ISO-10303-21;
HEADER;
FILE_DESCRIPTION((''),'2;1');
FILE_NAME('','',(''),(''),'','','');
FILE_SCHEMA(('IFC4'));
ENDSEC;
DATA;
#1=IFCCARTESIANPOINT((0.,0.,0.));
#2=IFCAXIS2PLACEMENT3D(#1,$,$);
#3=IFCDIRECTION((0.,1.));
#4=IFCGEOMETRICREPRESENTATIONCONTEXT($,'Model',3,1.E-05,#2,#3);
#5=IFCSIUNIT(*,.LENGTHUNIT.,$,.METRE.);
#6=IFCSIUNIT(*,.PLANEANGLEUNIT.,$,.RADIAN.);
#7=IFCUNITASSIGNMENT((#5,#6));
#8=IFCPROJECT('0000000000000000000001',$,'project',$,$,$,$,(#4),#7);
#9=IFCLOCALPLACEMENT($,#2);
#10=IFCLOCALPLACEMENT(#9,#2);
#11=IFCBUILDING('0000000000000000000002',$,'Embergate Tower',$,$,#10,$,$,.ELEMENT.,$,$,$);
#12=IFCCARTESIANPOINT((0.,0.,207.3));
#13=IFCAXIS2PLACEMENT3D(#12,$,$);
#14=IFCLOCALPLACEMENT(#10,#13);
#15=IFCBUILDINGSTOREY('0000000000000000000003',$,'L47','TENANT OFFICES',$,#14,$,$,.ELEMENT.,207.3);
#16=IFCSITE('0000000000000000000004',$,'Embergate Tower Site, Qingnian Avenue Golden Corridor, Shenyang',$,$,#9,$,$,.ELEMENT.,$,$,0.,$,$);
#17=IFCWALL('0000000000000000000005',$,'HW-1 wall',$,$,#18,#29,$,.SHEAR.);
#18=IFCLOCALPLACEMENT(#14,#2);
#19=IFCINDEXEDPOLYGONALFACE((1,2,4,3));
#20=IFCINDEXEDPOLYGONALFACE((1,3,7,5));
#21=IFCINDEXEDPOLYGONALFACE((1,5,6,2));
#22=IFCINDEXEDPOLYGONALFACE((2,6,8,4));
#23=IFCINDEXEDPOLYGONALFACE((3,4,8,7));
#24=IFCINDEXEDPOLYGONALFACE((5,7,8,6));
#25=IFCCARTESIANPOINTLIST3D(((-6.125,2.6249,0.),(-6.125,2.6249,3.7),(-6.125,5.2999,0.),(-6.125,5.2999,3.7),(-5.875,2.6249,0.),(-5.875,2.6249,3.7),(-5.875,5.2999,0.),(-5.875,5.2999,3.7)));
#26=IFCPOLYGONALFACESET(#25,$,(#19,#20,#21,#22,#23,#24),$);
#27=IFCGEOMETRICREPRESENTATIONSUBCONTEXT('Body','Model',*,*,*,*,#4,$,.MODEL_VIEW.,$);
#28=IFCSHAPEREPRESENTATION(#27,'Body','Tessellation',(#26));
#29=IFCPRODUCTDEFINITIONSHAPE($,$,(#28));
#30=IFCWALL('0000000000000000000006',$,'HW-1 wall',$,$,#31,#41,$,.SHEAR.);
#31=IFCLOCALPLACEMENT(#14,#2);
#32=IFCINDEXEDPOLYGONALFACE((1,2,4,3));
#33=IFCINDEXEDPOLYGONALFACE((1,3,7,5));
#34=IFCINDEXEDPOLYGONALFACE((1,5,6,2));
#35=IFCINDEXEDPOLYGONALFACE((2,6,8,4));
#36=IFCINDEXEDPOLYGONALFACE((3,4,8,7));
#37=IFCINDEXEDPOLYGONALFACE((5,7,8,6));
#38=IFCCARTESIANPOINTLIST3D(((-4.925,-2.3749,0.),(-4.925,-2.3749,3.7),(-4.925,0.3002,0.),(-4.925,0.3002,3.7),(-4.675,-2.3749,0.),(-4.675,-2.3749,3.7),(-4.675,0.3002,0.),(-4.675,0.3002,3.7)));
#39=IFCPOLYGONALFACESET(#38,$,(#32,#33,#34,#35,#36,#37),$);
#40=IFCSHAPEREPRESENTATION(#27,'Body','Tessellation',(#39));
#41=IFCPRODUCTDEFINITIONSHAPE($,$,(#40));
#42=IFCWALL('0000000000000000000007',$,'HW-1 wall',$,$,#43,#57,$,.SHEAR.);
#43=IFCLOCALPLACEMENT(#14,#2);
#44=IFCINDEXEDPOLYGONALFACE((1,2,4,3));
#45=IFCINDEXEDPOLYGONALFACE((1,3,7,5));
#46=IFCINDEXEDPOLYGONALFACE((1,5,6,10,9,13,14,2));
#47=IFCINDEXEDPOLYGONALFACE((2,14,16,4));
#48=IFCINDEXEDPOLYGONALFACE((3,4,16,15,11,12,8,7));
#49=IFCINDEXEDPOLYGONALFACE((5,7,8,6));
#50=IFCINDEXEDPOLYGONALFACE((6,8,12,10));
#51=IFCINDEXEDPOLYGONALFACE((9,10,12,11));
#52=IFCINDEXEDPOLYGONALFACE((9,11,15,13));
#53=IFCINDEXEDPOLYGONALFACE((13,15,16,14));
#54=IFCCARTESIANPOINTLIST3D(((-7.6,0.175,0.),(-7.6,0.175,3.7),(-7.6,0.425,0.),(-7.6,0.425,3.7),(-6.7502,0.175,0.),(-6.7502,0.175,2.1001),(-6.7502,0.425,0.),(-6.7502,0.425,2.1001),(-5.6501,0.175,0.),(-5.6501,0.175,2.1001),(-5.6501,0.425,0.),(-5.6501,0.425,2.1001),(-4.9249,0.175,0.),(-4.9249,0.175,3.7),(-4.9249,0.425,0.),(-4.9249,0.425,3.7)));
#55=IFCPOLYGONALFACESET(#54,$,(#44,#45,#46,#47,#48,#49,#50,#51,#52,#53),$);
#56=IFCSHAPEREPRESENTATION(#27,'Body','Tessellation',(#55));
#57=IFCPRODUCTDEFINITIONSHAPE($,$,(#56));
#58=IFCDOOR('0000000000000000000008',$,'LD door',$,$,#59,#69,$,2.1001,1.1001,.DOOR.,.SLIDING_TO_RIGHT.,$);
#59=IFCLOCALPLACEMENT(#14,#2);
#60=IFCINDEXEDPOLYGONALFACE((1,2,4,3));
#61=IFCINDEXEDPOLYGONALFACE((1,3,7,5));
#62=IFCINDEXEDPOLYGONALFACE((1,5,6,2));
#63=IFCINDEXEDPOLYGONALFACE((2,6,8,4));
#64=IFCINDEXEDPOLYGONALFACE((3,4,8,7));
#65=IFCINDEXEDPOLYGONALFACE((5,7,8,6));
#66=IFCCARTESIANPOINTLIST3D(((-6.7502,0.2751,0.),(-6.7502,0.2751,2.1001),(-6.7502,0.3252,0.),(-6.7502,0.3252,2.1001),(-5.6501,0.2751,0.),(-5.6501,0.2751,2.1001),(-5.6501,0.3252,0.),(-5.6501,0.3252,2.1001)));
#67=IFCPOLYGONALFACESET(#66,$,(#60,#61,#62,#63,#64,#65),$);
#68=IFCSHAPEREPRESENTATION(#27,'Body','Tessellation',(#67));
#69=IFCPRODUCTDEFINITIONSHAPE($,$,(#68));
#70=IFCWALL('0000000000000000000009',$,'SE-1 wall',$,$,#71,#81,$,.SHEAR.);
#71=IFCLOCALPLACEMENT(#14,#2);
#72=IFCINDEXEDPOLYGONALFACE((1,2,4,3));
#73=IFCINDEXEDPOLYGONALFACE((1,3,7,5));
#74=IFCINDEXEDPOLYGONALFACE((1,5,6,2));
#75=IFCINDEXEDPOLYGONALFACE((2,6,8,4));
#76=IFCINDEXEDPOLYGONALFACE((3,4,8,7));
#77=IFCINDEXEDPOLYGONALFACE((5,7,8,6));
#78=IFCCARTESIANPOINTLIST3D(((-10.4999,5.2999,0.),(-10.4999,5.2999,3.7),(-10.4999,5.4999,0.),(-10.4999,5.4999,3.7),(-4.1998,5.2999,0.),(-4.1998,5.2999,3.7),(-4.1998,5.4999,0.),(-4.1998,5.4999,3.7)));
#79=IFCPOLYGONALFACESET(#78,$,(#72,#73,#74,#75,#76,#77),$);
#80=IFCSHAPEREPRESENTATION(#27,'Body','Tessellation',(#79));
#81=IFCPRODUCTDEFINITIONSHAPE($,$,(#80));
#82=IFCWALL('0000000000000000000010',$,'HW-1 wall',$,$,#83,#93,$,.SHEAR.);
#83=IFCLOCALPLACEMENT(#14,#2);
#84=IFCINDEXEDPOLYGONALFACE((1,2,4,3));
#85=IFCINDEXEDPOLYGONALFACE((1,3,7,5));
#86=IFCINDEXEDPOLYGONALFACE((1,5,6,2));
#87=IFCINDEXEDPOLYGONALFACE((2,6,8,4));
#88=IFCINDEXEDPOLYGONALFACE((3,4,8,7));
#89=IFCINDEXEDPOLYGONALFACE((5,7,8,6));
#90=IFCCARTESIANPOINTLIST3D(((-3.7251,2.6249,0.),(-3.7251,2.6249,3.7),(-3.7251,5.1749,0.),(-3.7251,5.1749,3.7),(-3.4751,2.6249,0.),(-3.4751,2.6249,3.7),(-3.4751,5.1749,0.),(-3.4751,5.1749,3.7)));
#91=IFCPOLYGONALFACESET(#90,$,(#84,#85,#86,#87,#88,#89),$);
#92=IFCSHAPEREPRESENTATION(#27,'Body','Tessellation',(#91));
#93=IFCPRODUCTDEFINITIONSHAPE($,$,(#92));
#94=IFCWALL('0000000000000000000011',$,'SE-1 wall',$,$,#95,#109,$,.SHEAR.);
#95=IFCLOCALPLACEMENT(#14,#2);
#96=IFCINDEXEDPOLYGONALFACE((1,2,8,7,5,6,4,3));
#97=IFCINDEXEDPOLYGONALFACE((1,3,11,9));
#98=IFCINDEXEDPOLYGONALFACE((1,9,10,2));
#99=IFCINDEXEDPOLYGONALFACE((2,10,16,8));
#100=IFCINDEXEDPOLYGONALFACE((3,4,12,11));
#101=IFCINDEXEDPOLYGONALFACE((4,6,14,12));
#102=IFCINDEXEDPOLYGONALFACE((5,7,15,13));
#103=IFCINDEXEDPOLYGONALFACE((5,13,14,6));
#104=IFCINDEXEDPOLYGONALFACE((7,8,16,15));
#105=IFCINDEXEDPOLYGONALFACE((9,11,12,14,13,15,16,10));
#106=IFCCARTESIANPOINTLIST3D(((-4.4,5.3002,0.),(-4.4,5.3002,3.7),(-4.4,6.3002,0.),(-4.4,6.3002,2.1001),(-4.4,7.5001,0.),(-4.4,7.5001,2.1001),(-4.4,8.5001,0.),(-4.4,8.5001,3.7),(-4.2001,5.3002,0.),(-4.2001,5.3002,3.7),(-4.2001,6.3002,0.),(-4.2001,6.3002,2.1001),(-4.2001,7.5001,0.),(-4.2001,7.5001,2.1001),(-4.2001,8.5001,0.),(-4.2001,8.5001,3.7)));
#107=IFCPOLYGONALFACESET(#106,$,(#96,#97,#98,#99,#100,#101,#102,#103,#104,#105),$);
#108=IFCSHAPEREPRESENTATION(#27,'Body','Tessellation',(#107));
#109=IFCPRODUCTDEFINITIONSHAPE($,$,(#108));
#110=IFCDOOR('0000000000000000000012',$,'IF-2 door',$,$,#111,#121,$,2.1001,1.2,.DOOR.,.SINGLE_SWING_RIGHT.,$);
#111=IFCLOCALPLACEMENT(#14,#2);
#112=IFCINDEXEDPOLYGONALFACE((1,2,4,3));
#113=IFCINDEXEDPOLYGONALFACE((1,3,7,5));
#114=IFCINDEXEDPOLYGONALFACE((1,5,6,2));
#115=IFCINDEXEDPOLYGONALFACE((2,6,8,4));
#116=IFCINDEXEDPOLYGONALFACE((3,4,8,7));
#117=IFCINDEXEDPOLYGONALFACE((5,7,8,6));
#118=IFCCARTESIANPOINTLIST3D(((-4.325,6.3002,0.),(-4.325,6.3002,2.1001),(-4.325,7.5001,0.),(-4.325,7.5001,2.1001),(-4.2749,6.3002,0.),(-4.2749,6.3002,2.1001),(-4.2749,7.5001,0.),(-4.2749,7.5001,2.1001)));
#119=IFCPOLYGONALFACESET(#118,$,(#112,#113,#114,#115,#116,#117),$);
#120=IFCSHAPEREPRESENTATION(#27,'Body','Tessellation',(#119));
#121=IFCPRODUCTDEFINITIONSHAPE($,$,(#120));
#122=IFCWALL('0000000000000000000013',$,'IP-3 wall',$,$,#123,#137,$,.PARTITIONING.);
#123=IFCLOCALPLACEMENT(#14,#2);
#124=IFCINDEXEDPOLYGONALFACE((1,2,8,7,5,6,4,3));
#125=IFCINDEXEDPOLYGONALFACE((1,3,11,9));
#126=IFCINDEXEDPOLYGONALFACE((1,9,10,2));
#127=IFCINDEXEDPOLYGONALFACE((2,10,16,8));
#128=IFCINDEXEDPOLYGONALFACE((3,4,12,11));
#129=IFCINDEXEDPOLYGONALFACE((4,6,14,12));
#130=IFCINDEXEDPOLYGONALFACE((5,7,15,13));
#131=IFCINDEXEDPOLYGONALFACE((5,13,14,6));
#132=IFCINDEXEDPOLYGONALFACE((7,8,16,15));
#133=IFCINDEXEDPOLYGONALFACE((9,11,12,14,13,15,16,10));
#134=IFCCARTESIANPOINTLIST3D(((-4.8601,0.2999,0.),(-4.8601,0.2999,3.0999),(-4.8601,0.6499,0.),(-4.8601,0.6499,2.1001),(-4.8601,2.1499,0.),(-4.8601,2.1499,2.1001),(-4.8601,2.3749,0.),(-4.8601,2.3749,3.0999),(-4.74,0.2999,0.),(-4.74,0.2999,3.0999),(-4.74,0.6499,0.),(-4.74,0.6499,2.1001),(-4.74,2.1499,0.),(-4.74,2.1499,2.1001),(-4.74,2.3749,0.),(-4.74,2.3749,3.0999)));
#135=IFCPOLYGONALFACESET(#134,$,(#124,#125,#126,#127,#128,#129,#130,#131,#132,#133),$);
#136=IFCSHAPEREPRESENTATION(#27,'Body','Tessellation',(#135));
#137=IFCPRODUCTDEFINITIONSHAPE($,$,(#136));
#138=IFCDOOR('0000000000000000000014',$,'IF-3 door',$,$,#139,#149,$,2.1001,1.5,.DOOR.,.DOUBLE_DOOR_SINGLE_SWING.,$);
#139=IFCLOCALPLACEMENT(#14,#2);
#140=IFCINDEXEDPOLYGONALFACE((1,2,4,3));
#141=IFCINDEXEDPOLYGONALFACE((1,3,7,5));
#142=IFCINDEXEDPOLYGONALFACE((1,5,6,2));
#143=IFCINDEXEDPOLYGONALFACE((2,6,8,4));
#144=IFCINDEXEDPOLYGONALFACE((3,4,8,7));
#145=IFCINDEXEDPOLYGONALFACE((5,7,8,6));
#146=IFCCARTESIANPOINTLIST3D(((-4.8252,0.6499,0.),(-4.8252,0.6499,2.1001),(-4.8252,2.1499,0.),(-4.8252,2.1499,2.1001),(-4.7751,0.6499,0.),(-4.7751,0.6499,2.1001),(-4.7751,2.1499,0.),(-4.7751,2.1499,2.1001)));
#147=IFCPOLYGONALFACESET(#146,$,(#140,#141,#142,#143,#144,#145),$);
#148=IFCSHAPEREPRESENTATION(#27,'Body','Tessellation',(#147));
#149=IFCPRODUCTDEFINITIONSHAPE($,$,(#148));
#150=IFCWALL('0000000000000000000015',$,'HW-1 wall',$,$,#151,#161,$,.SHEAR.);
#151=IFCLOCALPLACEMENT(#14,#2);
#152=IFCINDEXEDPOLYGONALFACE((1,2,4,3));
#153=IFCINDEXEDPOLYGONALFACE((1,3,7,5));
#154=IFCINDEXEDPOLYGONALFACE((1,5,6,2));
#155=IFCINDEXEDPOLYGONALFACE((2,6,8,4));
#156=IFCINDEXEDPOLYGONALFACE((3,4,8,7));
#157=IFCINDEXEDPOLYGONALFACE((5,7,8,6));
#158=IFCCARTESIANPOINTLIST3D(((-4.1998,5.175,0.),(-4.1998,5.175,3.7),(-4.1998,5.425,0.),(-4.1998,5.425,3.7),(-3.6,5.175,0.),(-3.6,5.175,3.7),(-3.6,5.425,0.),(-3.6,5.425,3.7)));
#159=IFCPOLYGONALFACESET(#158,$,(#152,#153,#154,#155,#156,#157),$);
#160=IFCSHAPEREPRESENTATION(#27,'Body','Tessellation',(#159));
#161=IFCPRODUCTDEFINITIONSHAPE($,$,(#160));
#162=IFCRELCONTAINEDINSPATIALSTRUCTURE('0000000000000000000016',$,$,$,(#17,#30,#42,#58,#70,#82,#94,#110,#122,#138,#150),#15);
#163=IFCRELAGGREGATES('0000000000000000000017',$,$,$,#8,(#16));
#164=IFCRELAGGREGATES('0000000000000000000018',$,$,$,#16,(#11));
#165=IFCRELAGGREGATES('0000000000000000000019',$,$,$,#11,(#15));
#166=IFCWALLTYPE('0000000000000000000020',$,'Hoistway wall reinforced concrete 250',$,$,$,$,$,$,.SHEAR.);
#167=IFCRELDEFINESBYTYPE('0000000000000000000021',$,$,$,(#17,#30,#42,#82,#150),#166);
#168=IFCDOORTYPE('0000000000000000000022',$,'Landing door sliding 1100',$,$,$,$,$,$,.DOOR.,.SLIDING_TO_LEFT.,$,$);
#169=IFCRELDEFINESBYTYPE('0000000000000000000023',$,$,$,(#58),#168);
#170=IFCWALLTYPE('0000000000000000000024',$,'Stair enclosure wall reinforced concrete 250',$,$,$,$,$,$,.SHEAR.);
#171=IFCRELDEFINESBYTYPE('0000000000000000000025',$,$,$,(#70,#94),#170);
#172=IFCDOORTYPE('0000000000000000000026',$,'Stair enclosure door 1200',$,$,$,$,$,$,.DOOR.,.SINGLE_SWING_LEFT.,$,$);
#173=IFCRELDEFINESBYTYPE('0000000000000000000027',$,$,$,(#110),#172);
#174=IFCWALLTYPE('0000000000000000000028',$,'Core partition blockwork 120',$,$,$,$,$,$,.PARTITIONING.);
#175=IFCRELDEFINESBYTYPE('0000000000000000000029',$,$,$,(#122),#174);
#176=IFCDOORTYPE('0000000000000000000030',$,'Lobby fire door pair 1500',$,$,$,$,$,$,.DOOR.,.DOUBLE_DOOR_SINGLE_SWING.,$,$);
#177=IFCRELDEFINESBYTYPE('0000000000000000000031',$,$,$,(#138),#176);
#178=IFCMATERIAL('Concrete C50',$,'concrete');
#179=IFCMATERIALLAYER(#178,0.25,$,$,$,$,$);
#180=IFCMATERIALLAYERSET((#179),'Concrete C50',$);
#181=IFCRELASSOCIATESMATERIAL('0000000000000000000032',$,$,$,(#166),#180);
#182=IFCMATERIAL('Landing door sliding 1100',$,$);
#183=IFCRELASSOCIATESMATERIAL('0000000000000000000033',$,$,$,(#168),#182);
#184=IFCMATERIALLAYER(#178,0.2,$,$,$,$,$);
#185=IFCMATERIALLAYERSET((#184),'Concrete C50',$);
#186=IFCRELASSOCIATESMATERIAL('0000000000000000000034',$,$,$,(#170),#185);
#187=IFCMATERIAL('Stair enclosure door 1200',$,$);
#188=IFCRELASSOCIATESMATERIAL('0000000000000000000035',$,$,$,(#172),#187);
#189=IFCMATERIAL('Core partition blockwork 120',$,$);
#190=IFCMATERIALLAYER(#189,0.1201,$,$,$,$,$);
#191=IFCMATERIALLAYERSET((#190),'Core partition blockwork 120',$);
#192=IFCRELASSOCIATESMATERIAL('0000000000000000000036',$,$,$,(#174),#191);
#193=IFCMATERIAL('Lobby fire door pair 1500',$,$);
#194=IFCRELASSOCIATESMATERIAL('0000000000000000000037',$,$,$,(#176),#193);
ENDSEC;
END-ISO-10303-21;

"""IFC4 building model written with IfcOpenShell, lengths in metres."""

from ifc_helpers import new_model, si_unit, direction, frame, frame_2d, origin, place, context, subcontext, project, spatial, rectangle, extrude, source, transform, mapped, material, layer, layer_set, type_object, element, fill, save


model = new_model("IFC4")

# Units and contexts
model_context = context("Model", 3, precision=1e-05, world=origin(), true_north=direction((0.0, 1.0)))
body_context = subcontext(model_context, "Body", "Model", "MODEL_VIEW")
ifc_project = project(units=[si_unit("LENGTHUNIT", "METRE"), si_unit("PLANEANGLEUNIT", "RADIAN")], contexts=[model_context])

# Site, building, storey
site_placement = place(None, origin())
site = spatial("IfcSite", under=ifc_project, at=site_placement, Name="Embergate Tower Site, Qingnian Avenue Golden Corridor, Shenyang", CompositionType="ELEMENT", RefElevation=0.0)
building_placement = place(site_placement, origin())
building = spatial("IfcBuilding", under=site, at=building_placement, Name="Embergate Tower", CompositionType="ELEMENT")
storey_placement = place(building_placement, frame((0.0, 0.0, 207.3)))
storey = spatial("IfcBuildingStorey", under=building, at=storey_placement, Name="L47", Description="TENANT OFFICES", CompositionType="ELEMENT", Elevation=207.3)

# Walls
ifc_material_1 = material(Name="Concrete C50", Category="concrete")
ifc_layer_1 = layer(ifc_material_1, 0.25)
ifc_layer_set_1 = layer_set([ifc_layer_1], Name="Concrete C50")
wall_type_1 = type_object("IfcWallType", Name="Hoistway wall reinforced concrete 250", PredefinedType="SHEAR", material=ifc_layer_set_1)
shared_shape_1 = source(origin(), body_context, "Body", "SweptSolid", [
    extrude(rectangle(XDim=2.675, YDim=0.25, at=frame_2d((1.3374, 0.0))), origin(), (0.0, 0.0, 1.0), 3.7),
])
for number, where, z_axis, x_axis, name in (
    (1, (-6.0, 2.625, 0.0), (0.0, 0.0, 1.0), (0.0, 1.0, 0.0), "HW-1 wall"),
    (2, (-4.8, 0.3, 0.0), (0.0, 0.0, 1.0), (0.0, -1.0, 0.0), "HW-1 wall"),
):
    element("IfcWall", number, at=place(storey_placement, frame(where, z_axis=z_axis, x_axis=x_axis)), inside=storey, type_object=wall_type_1, Name=name, PredefinedType="SHEAR", context=body_context, shape_type="MappedRepresentation", body=[
        mapped(shared_shape_1, transform((0.0, 0.0, 0.0))),
    ])

# Wall, opening, door
wall_1_placement = place(storey_placement, frame((-4.925, 0.3, 0.0), z_axis=(0.0, 0.0, 1.0), x_axis=(-1.0, 0.0, 0.0)))
wall_1 = element("IfcWall", 3, at=wall_1_placement, inside=storey, type_object=wall_type_1, Name="HW-1 wall", PredefinedType="SHEAR", context=body_context, shape_type="MappedRepresentation", body=[
    mapped(shared_shape_1, transform((0.0, 0.0, 0.0))),
])
shared_shape_2 = source(origin(), body_context, "Body", "SweptSolid", [
    extrude(rectangle(XDim=1.1001, YDim=2.1001, at=frame_2d((0.55, 1.05))), frame((0.0, 0.135, 0.0), z_axis=(0.0, -1.0, 0.0), x_axis=(1.0, 0.0, 0.0)), (0.0, 0.0, 1.0), 0.27),
])
opening_1_placement = place(wall_1_placement, frame((0.7251, 0.0, 0.0)))
opening_1 = element("IfcOpeningElement", 4, at=opening_1_placement, cuts=wall_1, PredefinedType="OPENING", context=body_context, shape_type="MappedRepresentation", body=[
    mapped(shared_shape_2, transform((0.0, 0.0, 0.0))),
])
ifc_material_2 = material(Name="Landing door sliding 1100")
door_type_1 = type_object("IfcDoorType", Name="Landing door sliding 1100", OperationType="SLIDING_TO_LEFT", PredefinedType="DOOR", material=ifc_material_2)
shared_shape_3 = source(origin(), body_context, "Body", "SweptSolid", [
    extrude(rectangle(XDim=1.1001, YDim=2.1001, at=frame_2d((0.55, 1.05))), frame((0.0, 0.0249, 0.0), z_axis=(0.0, -1.0, 0.0), x_axis=(1.0, 0.0, 0.0)), (0.0, 0.0, 1.0), 0.05),
])
door_1_placement = place(opening_1_placement, origin())
door_1 = element("IfcDoor", 5, at=door_1_placement, inside=storey, type_object=door_type_1, Name="LD door", OperationType="SLIDING_TO_RIGHT", OverallHeight=2.1001, OverallWidth=1.1001, PredefinedType="DOOR", context=body_context, shape_type="MappedRepresentation", body=[
    mapped(shared_shape_3, transform((0.0, 0.0, 0.0))),
])
fill(opening_1, door_1)

# Walls
ifc_layer_2 = layer(ifc_material_1, 0.2)
ifc_layer_set_2 = layer_set([ifc_layer_2], Name="Concrete C50")
wall_type_2 = type_object("IfcWallType", Name="Stair enclosure wall reinforced concrete 250", PredefinedType="SHEAR", material=ifc_layer_set_2)
shared_shape_4 = source(origin(), body_context, "Body", "SweptSolid", [
    extrude(rectangle(XDim=6.3, YDim=0.2, at=frame_2d((3.1499, 0.0))), origin(), (0.0, 0.0, 1.0), 3.7),
])
wall_2_placement = place(storey_placement, frame((-4.2, 5.3999, 0.0), z_axis=(0.0, 0.0, 1.0), x_axis=(-1.0, 0.0, 0.0)))
element("IfcWall", 6, at=wall_2_placement, inside=storey, type_object=wall_type_2, Name="SE-1 wall", PredefinedType="SHEAR", context=body_context, shape_type="MappedRepresentation", body=[
    mapped(shared_shape_4, transform((0.0, 0.0, 0.0))),
])
shared_shape_5 = source(origin(), body_context, "Body", "SweptSolid", [
    extrude(rectangle(XDim=2.55, YDim=0.25, at=frame_2d((1.2749, 0.0))), origin(), (0.0, 0.0, 1.0), 3.7),
])
wall_3_placement = place(storey_placement, frame((-3.6001, 2.625, 0.0), z_axis=(0.0, 0.0, 1.0), x_axis=(0.0, 1.0, 0.0)))
element("IfcWall", 7, at=wall_3_placement, inside=storey, type_object=wall_type_1, Name="HW-1 wall", PredefinedType="SHEAR", context=body_context, shape_type="MappedRepresentation", body=[
    mapped(shared_shape_5, transform((0.0, 0.0, 0.0))),
])

# Walls, openings, doors
shared_shape_6 = source(origin(), body_context, "Body", "SweptSolid", [
    extrude(rectangle(XDim=3.2, YDim=0.2, at=frame_2d((1.6001, 0.0))), origin(), (0.0, 0.0, 1.0), 3.7),
])
wall_4_placement = place(storey_placement, frame((-4.3, 5.3, 0.0), z_axis=(0.0, 0.0, 1.0), x_axis=(0.0, 1.0, 0.0)))
wall_4 = element("IfcWall", 8, at=wall_4_placement, inside=storey, type_object=wall_type_2, Name="SE-1 wall", PredefinedType="SHEAR", context=body_context, shape_type="MappedRepresentation", body=[
    mapped(shared_shape_6, transform((0.0, 0.0, 0.0))),
])
shared_shape_7 = source(origin(), body_context, "Body", "SweptSolid", [
    extrude(rectangle(XDim=1.2, YDim=2.1001, at=frame_2d((0.6001, 1.05))), frame((0.0, 0.1099, 0.0), z_axis=(0.0, -1.0, 0.0), x_axis=(1.0, 0.0, 0.0)), (0.0, 0.0, 1.0), 0.22),
])
opening_2_placement = place(wall_4_placement, frame((1.0, 0.0, 0.0)))
opening_2 = element("IfcOpeningElement", 9, at=opening_2_placement, cuts=wall_4, PredefinedType="OPENING", context=body_context, shape_type="MappedRepresentation", body=[
    mapped(shared_shape_7, transform((0.0, 0.0, 0.0))),
])
ifc_material_3 = material(Name="Stair enclosure door 1200")
door_type_2 = type_object("IfcDoorType", Name="Stair enclosure door 1200", OperationType="SINGLE_SWING_LEFT", PredefinedType="DOOR", material=ifc_material_3)
shared_shape_8 = source(origin(), body_context, "Body", "SweptSolid", [
    extrude(rectangle(XDim=1.2, YDim=2.1001, at=frame_2d((0.6001, 1.05))), frame((0.0, 0.0249, 0.0), z_axis=(0.0, -1.0, 0.0), x_axis=(1.0, 0.0, 0.0)), (0.0, 0.0, 1.0), 0.05),
])
door_2_placement = place(opening_2_placement, origin())
door_2 = element("IfcDoor", 10, at=door_2_placement, inside=storey, type_object=door_type_2, Name="IF-2 door", OperationType="SINGLE_SWING_RIGHT", OverallHeight=2.1001, OverallWidth=1.2, PredefinedType="DOOR", context=body_context, shape_type="MappedRepresentation", body=[
    mapped(shared_shape_8, transform((0.0, 0.0, 0.0))),
])
fill(opening_2, door_2)
ifc_material_4 = material(Name="Core partition blockwork 120")
ifc_layer_3 = layer(ifc_material_4, 0.1201)
ifc_layer_set_3 = layer_set([ifc_layer_3], Name="Core partition blockwork 120")
wall_type_3 = type_object("IfcWallType", Name="Core partition blockwork 120", PredefinedType="PARTITIONING", material=ifc_layer_set_3)
shared_shape_9 = source(origin(), body_context, "Body", "SweptSolid", [
    extrude(rectangle(XDim=2.075, YDim=0.1201, at=frame_2d((1.0376, 0.0))), origin(), (0.0, 0.0, 1.0), 3.0999),
])
wall_5_placement = place(storey_placement, frame((-4.8, 2.375, 0.0), z_axis=(0.0, 0.0, 1.0), x_axis=(0.0, -1.0, 0.0)))
wall_5 = element("IfcWall", 11, at=wall_5_placement, inside=storey, type_object=wall_type_3, Name="IP-3 wall", PredefinedType="PARTITIONING", context=body_context, shape_type="MappedRepresentation", body=[
    mapped(shared_shape_9, transform((0.0, 0.0, 0.0))),
])
shared_shape_10 = source(origin(), body_context, "Body", "SweptSolid", [
    extrude(rectangle(XDim=1.5, YDim=2.1001, at=frame_2d((0.75, 1.05))), frame((0.0, 0.0701, 0.0), z_axis=(0.0, -1.0, 0.0), x_axis=(1.0, 0.0, 0.0)), (0.0, 0.0, 1.0), 0.1401),
])
opening_3_placement = place(wall_5_placement, frame((0.2251, 0.0, 0.0)))
opening_3 = element("IfcOpeningElement", 12, at=opening_3_placement, cuts=wall_5, PredefinedType="OPENING", context=body_context, shape_type="MappedRepresentation", body=[
    mapped(shared_shape_10, transform((0.0, 0.0, 0.0))),
])
ifc_material_5 = material(Name="Lobby fire door pair 1500")
door_type_3 = type_object("IfcDoorType", Name="Lobby fire door pair 1500", OperationType="DOUBLE_DOOR_SINGLE_SWING", PredefinedType="DOOR", material=ifc_material_5)
shared_shape_11 = source(origin(), body_context, "Body", "SweptSolid", [
    extrude(rectangle(XDim=1.5, YDim=2.1001, at=frame_2d((0.75, 1.05))), frame((0.0, 0.0249, 0.0), z_axis=(0.0, -1.0, 0.0), x_axis=(1.0, 0.0, 0.0)), (0.0, 0.0, 1.0), 0.05),
])
door_3_placement = place(opening_3_placement, origin())
door_3 = element("IfcDoor", 13, at=door_3_placement, inside=storey, type_object=door_type_3, Name="IF-3 door", OperationType="DOUBLE_DOOR_SINGLE_SWING", OverallHeight=2.1001, OverallWidth=1.5, PredefinedType="DOOR", context=body_context, shape_type="MappedRepresentation", body=[
    mapped(shared_shape_11, transform((0.0, 0.0, 0.0))),
])
fill(opening_3, door_3)

# Wall
shared_shape_12 = source(origin(), body_context, "Body", "SweptSolid", [
    extrude(rectangle(XDim=0.5999, YDim=0.25, at=frame_2d((0.2998, 0.0))), origin(), (0.0, 0.0, 1.0), 3.7),
])
wall_6_placement = place(storey_placement, frame((-3.6001, 5.3, 0.0), z_axis=(0.0, 0.0, 1.0), x_axis=(-1.0, 0.0, 0.0)))
element("IfcWall", 14, at=wall_6_placement, inside=storey, type_object=wall_type_1, Name="HW-1 wall", PredefinedType="SHEAR", context=body_context, shape_type="MappedRepresentation", body=[
    mapped(shared_shape_12, transform((0.0, 0.0, 0.0))),
])

save(model, "model.ifc")
